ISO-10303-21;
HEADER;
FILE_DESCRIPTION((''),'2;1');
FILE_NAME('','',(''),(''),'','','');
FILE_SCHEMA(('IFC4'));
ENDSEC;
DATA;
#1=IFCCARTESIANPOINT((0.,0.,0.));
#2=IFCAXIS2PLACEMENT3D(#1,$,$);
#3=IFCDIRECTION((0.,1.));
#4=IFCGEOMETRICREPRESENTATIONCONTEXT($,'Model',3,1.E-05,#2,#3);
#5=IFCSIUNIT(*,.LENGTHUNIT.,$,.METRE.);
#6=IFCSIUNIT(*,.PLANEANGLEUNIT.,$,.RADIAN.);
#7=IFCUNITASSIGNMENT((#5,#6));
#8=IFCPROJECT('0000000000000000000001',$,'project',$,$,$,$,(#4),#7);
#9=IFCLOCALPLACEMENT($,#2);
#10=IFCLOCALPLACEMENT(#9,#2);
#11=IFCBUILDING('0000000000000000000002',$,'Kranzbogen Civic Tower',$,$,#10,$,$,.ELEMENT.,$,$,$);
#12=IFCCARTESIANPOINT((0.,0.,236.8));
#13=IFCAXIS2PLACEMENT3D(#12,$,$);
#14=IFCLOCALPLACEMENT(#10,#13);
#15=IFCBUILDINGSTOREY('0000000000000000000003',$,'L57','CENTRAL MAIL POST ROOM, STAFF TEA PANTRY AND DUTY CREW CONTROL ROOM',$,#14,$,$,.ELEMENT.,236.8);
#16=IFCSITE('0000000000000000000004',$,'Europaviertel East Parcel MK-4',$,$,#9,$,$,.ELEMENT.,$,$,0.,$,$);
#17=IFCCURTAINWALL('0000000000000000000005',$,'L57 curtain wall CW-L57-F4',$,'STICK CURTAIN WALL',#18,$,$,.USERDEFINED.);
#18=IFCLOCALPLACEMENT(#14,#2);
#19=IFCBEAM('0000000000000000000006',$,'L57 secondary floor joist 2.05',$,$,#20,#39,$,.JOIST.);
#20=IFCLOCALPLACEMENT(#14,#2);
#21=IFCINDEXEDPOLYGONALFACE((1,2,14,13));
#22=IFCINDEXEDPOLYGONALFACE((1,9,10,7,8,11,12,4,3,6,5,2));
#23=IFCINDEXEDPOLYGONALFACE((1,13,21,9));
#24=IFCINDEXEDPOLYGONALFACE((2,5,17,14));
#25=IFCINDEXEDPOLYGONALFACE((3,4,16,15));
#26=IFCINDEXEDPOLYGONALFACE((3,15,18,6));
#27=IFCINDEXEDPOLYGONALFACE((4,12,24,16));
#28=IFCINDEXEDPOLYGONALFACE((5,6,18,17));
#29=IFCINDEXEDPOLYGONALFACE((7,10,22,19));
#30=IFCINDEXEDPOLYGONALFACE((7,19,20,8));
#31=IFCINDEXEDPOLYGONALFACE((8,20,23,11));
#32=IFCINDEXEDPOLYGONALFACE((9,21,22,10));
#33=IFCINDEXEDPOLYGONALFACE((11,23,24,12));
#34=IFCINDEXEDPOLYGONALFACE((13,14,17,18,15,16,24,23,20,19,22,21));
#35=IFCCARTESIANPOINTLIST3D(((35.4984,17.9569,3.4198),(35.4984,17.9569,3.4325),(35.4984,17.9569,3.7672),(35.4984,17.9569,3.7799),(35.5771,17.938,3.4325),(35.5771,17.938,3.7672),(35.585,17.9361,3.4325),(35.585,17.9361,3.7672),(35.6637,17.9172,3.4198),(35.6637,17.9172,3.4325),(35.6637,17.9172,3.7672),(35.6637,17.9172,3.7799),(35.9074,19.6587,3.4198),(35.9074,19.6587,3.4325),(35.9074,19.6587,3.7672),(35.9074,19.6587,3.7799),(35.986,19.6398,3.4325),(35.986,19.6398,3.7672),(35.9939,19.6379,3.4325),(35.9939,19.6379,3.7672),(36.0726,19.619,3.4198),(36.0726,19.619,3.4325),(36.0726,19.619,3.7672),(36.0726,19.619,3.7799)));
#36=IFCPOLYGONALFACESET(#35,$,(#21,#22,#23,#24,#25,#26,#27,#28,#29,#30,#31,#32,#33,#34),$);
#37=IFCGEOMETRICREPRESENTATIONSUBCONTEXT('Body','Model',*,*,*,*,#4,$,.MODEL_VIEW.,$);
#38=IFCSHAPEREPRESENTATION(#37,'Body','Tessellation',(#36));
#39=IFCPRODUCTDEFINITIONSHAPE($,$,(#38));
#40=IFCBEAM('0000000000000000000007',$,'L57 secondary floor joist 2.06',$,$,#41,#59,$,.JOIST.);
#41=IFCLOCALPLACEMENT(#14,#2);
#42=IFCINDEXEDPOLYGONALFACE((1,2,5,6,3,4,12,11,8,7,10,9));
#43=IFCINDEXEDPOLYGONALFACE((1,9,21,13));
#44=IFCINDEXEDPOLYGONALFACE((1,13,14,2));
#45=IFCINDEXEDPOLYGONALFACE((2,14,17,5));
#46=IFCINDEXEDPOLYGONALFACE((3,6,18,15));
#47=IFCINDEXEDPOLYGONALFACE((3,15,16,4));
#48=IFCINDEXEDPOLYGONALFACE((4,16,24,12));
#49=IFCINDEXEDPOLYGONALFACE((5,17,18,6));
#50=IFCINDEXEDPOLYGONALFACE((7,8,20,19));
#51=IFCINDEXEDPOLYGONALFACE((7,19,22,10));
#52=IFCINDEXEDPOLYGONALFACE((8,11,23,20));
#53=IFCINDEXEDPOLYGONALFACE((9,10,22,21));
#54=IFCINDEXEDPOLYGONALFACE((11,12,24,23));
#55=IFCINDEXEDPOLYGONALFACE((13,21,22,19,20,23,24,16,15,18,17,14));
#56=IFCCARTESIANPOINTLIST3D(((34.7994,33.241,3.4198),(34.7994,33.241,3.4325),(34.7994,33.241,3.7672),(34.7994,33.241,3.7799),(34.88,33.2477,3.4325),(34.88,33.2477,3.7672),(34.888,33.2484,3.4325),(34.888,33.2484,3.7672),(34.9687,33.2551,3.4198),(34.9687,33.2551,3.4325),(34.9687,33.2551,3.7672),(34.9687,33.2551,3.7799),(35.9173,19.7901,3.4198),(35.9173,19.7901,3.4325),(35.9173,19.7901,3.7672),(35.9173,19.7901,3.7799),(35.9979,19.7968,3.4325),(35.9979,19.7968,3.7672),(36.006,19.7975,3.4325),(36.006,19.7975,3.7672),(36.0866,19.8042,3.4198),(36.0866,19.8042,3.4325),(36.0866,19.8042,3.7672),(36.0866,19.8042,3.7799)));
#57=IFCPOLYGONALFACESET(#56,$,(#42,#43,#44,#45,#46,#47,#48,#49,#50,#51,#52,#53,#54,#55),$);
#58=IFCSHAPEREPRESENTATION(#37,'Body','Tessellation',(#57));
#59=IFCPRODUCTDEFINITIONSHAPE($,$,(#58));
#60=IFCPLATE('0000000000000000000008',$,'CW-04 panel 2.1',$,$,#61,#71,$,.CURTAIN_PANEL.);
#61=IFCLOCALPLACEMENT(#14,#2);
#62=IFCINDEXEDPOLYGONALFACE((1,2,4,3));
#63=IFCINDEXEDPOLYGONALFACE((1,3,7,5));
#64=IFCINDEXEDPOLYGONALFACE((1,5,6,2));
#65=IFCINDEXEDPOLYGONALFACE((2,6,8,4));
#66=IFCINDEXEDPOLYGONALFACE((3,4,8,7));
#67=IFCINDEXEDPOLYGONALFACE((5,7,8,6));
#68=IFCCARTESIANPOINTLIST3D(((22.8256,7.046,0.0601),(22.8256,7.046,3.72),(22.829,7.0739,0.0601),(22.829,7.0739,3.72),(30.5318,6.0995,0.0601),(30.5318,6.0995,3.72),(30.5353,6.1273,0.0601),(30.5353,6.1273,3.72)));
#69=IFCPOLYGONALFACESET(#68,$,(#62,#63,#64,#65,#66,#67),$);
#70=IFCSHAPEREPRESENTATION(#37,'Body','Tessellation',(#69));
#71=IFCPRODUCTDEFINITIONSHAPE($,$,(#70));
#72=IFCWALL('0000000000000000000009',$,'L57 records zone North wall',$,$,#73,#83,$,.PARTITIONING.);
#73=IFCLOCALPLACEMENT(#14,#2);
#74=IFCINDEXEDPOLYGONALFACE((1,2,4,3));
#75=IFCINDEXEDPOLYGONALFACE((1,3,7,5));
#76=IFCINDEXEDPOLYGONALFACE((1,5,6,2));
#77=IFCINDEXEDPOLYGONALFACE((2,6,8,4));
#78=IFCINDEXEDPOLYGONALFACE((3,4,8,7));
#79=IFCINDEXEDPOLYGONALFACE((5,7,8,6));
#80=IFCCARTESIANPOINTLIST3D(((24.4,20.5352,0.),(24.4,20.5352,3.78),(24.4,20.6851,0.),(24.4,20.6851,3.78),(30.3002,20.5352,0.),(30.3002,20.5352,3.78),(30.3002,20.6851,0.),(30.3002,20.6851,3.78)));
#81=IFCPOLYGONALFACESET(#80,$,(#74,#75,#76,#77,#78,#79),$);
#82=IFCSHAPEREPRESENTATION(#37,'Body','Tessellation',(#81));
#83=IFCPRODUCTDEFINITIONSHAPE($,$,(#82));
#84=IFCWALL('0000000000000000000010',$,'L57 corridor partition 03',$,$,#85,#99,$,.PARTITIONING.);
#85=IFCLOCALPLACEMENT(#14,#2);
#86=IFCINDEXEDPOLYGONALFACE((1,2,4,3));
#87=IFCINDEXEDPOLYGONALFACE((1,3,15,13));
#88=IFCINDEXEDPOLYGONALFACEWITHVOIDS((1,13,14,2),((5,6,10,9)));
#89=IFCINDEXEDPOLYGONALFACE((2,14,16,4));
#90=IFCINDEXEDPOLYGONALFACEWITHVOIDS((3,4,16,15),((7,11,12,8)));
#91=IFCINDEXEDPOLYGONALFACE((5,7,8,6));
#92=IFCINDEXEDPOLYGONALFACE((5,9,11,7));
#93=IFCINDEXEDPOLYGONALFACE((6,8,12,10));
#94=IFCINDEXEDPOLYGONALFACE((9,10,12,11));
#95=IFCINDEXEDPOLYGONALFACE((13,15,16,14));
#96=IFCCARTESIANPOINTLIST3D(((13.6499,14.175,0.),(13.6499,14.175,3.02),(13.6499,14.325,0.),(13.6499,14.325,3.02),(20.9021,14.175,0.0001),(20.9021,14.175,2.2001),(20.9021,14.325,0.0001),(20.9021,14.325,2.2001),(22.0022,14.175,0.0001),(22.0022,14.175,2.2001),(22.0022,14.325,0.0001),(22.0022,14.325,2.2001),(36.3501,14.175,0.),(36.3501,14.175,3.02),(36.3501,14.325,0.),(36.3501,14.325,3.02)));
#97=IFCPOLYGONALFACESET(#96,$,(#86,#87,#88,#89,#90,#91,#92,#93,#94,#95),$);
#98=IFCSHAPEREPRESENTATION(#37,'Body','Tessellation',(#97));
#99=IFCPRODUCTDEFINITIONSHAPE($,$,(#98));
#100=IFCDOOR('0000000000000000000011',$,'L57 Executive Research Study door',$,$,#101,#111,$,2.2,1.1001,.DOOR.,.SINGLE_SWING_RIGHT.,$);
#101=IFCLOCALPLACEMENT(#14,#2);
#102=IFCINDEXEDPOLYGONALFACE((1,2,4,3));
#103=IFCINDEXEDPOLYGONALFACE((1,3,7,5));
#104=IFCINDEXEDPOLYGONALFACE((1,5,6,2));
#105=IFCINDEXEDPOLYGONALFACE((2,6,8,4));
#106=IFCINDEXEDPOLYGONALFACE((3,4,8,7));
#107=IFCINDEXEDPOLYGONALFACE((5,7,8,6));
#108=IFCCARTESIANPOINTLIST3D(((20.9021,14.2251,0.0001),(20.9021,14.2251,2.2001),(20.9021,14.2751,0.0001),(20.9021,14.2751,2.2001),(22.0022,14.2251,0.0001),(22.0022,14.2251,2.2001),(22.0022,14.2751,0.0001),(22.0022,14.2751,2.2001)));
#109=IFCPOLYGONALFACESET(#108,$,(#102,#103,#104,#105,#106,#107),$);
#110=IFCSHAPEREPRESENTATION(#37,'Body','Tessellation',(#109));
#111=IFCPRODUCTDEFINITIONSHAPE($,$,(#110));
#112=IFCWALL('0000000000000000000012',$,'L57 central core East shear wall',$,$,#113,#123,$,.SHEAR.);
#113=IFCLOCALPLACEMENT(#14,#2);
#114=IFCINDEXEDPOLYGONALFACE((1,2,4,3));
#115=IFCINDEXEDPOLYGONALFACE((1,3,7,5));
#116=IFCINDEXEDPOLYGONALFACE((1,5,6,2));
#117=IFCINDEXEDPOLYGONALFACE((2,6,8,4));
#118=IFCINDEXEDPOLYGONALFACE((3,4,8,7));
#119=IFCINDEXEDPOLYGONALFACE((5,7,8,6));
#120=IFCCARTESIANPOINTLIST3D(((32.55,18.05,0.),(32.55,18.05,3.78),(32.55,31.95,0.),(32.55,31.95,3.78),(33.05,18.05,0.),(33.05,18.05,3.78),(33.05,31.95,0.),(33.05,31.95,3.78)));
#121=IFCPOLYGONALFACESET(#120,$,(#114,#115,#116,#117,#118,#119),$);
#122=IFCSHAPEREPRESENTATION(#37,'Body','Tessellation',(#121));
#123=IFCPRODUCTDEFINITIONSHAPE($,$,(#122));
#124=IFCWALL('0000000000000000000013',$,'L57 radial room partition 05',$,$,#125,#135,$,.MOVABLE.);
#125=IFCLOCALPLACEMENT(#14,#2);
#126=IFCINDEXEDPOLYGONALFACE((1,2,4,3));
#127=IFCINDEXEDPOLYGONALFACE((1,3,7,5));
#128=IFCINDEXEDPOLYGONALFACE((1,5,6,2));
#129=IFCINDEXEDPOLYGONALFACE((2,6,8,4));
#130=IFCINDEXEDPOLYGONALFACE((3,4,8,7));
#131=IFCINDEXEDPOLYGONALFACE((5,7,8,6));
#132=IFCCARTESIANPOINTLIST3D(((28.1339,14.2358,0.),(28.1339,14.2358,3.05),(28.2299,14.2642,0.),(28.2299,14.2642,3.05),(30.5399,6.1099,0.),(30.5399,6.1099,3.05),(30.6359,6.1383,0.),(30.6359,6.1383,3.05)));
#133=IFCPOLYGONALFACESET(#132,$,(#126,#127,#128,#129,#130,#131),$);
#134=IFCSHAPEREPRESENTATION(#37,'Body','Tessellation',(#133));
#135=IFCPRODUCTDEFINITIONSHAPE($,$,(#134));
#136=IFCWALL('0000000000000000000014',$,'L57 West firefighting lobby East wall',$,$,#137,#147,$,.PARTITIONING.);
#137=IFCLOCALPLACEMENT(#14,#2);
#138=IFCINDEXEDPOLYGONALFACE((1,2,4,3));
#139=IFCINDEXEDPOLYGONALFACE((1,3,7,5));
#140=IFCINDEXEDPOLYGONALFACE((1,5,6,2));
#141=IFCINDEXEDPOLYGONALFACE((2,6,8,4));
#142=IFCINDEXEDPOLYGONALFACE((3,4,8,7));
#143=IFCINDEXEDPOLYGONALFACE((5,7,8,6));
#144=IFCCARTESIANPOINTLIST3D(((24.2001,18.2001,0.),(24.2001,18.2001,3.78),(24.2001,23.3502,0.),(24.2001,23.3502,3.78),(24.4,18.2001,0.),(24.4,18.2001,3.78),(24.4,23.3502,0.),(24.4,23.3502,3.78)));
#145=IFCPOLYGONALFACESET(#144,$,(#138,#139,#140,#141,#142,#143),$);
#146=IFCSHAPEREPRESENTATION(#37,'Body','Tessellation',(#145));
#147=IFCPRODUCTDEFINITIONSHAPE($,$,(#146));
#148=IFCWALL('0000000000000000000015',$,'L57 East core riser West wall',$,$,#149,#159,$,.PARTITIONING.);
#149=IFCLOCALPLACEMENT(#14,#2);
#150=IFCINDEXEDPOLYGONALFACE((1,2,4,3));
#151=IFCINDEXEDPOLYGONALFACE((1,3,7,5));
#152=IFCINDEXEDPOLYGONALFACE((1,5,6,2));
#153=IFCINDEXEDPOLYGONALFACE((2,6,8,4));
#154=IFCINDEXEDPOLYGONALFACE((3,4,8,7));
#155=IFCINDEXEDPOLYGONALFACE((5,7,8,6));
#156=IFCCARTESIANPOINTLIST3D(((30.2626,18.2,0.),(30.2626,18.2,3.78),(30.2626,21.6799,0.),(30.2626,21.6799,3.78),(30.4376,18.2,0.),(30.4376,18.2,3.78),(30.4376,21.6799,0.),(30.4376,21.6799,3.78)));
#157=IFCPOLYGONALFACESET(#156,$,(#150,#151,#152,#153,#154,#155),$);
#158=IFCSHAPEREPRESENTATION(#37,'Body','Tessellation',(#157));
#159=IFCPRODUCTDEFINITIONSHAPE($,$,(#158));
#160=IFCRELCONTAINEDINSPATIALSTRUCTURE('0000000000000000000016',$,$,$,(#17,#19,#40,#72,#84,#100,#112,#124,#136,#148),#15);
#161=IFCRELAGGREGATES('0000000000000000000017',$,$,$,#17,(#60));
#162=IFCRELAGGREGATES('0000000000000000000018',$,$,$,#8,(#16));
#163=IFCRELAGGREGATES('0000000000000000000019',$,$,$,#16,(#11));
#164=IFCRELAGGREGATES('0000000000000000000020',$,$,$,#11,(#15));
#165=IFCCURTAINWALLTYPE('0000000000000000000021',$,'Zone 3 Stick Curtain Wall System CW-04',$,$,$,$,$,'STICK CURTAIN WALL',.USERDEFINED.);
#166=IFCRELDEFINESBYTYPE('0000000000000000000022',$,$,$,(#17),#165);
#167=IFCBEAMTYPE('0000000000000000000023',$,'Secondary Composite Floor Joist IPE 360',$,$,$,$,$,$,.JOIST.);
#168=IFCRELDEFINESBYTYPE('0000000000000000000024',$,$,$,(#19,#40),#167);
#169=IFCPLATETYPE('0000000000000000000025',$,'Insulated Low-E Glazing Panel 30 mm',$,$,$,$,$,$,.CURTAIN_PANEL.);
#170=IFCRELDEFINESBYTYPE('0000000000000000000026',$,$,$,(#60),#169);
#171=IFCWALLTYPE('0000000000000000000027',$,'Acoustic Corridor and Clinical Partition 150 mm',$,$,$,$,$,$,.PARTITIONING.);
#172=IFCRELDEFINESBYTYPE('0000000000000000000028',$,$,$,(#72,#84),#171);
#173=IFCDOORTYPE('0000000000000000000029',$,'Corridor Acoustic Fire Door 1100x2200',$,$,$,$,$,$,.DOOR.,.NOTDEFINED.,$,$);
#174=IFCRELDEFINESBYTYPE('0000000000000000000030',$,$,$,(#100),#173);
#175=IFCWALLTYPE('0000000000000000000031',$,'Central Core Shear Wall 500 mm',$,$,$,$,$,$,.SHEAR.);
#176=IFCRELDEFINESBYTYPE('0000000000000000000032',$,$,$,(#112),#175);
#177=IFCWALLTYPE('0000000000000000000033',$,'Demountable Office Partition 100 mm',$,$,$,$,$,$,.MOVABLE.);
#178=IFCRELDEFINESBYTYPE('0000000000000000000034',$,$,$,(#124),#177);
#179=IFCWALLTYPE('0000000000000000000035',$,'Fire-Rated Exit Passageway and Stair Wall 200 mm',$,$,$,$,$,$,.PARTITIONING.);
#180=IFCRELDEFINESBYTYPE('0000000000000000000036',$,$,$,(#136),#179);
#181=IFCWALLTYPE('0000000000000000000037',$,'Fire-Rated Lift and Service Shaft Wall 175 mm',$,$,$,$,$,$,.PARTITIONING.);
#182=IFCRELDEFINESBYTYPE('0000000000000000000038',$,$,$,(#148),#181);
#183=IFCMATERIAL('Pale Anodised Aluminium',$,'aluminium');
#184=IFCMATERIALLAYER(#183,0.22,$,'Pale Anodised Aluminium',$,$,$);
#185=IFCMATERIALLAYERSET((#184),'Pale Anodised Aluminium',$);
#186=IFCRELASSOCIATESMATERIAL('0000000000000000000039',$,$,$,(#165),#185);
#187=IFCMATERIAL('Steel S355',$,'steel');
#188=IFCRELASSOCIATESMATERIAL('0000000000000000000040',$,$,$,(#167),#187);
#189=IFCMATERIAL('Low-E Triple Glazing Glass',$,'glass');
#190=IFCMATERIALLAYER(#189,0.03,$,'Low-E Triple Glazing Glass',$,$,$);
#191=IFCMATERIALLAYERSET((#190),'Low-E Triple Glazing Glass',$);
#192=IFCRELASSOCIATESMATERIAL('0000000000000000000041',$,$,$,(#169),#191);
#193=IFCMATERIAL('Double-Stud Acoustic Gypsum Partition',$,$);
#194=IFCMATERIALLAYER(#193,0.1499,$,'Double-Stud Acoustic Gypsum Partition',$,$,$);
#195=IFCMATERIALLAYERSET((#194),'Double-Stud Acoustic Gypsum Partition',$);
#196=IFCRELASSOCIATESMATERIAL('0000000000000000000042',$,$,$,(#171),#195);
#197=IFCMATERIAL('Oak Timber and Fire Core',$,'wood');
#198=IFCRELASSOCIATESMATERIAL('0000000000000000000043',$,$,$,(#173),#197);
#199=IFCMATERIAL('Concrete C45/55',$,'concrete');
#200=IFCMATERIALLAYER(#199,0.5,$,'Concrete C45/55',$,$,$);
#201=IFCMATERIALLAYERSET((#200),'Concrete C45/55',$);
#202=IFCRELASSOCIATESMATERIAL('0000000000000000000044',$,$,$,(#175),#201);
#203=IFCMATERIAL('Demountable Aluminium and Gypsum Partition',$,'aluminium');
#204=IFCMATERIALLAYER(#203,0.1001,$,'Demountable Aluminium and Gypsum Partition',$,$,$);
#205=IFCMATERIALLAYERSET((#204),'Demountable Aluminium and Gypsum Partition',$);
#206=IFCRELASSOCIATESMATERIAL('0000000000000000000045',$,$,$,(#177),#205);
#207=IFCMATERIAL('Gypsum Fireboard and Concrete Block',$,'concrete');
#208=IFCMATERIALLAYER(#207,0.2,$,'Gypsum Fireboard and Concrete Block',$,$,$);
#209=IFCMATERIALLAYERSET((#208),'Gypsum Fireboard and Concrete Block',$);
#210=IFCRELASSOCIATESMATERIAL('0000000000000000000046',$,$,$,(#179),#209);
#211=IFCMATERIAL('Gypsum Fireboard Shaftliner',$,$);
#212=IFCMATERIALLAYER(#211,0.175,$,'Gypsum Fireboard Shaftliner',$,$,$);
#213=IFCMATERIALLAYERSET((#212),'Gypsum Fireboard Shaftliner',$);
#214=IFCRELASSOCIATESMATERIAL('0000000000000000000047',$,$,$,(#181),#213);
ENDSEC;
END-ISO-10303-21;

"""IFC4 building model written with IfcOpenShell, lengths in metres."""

from ifc_helpers import new_model, si_unit, direction, frame, frame_2d, origin, origin_2d, place, context, subcontext, project, spatial, rectangle, i_section, extrude, material, layer, layer_set, material_profile, profile_set, type_object, element, fill, aggregate, save


model = new_model("IFC4")

# Units and contexts
model_context = context("Model", 3, precision=1e-05, world=origin(), true_north=direction((0.0, 1.0)))
body_context = subcontext(model_context, "Body", "Model", "MODEL_VIEW")
ifc_project = project(units=[si_unit("LENGTHUNIT", "METRE"), si_unit("PLANEANGLEUNIT", "RADIAN")], contexts=[model_context])

# Site, building, storey
site_placement = place(None, origin())
site = spatial("IfcSite", under=ifc_project, at=site_placement, Name="Europaviertel East Parcel MK-4", CompositionType="ELEMENT", RefElevation=0.0)
building_placement = place(site_placement, origin())
building = spatial("IfcBuilding", under=site, at=building_placement, Name="Kranzbogen Civic Tower", CompositionType="ELEMENT")
storey_placement = place(building_placement, frame((0.0, 0.0, 236.8)))
storey = spatial("IfcBuildingStorey", under=building, at=storey_placement, Name="L57", Description="CENTRAL MAIL POST ROOM, STAFF TEA PANTRY AND DUTY CREW CONTROL ROOM", CompositionType="ELEMENT", Elevation=236.8)

# Shared definitions
ifc_material_1 = material(Name="Steel S355", Category="steel")

# Curtain wall
ifc_material_2 = material(Name="Pale Anodised Aluminium", Category="aluminium")
ifc_layer_1 = layer(ifc_material_2, 0.22, Name="Pale Anodised Aluminium")
ifc_layer_set_1 = layer_set([ifc_layer_1], Name="Pale Anodised Aluminium")
curtain_wall_type = type_object("IfcCurtainWallType", Name="Zone 3 Stick Curtain Wall System CW-04", ElementType="STICK CURTAIN WALL", PredefinedType="USERDEFINED", material=ifc_layer_set_1)
curtain_wall_1_placement = place(storey_placement, origin())
curtain_wall_1 = element("IfcCurtainWall", 1, at=curtain_wall_1_placement, inside=storey, type_object=curtain_wall_type, Name="L57 curtain wall CW-L57-F4", ObjectType="STICK CURTAIN WALL", PredefinedType="USERDEFINED")

# Beams
ifc_material_profile_1 = material_profile(ifc_material_1, i_section(OverallWidth=0.1699, OverallDepth=0.3601, WebThickness=0.0081, FlangeThickness=0.0127, at=origin_2d()), Name="IPE 360")
ifc_profile_set_1 = profile_set([ifc_material_profile_1], Name="Steel S355")
beam_type_1 = type_object("IfcBeamType", Name="Secondary Composite Floor Joist IPE 360", PredefinedType="JOIST", material=ifc_profile_set_1)
beam_1_placement = place(storey_placement, frame((35.5811, 17.937, 3.5999), z_axis=(0.233631, 0.972325, 0.0), x_axis=(-0.972325, 0.233631, 0.0)))
element("IfcBeam", 2, at=beam_1_placement, inside=storey, type_object=beam_type_1, Name="L57 secondary floor joist 2.05", PredefinedType="JOIST", context=body_context, shape_type="SweptSolid", body=[
    extrude(i_section(OverallWidth=0.1699, OverallDepth=0.3601, WebThickness=0.0081, FlangeThickness=0.0127, at=origin_2d()), origin(), (0.0, 0.0, 1.0), 1.7502),
])
beam_2_placement = place(storey_placement, frame((36.002, 19.7971, 3.5999), z_axis=(-0.082825, 0.996564, 0.0), x_axis=(-0.996564, -0.082825, 0.0)))
element("IfcBeam", 3, at=beam_2_placement, inside=storey, type_object=beam_type_1, Name="L57 secondary floor joist 2.06", PredefinedType="JOIST", context=body_context, shape_type="SweptSolid", body=[
    extrude(i_section(OverallWidth=0.1699, OverallDepth=0.3601, WebThickness=0.0081, FlangeThickness=0.0127, at=origin_2d()), origin(), (0.0, 0.0, 1.0), 13.4973),
])

# Plate
ifc_material_3 = material(Name="Low-E Triple Glazing Glass", Category="glass")
ifc_layer_2 = layer(ifc_material_3, 0.03, Name="Low-E Triple Glazing Glass")
ifc_layer_set_2 = layer_set([ifc_layer_2], Name="Low-E Triple Glazing Glass")
plate_type = type_object("IfcPlateType", Name="Insulated Low-E Glazing Panel 30 mm", PredefinedType="CURTAIN_PANEL", material=ifc_layer_set_2)
plate_placement = place(storey_placement, frame((26.6804, 6.5867, 0.0601), z_axis=(0.0, 0.0, 1.0), x_axis=(0.992541, -0.121911, 0.0)))
plate = element("IfcPlate", 4, at=plate_placement, type_object=plate_type, Name="CW-04 panel 2.1", PredefinedType="CURTAIN_PANEL", context=body_context, shape_type="SweptSolid", body=[
    extrude(rectangle(XDim=7.7642, YDim=0.0281, at=origin_2d()), origin(), (0.0, 0.0, 1.0), 3.6599),
])
aggregate(curtain_wall_1, [plate])

# Wall
ifc_material_4 = material(Name="Double-Stud Acoustic Gypsum Partition")
ifc_layer_3 = layer(ifc_material_4, 0.1499, Name="Double-Stud Acoustic Gypsum Partition")
ifc_layer_set_3 = layer_set([ifc_layer_3], Name="Double-Stud Acoustic Gypsum Partition")
wall_type_1 = type_object("IfcWallType", Name="Acoustic Corridor and Clinical Partition 150 mm", PredefinedType="PARTITIONING", material=ifc_layer_set_3)
wall_1_placement = place(storey_placement, frame((24.3999, 20.6101, 0.0), z_axis=(0.0, 0.0, 1.0), x_axis=(1.0, 0.0, 0.0)))
element("IfcWall", 5, at=wall_1_placement, inside=storey, type_object=wall_type_1, Name="L57 records zone North wall", PredefinedType="PARTITIONING", context=body_context, shape_type="SweptSolid", body=[
    extrude(rectangle(XDim=5.9001, YDim=0.1499, at=frame_2d((2.9502, 0.0))), origin(), (0.0, 0.0, 1.0), 3.78),
])

# Wall, opening, door
wall_2_placement = place(storey_placement, frame((36.3501, 14.25, 0.0), z_axis=(0.0, 0.0, 1.0), x_axis=(-1.0, 0.0, 0.0)))
wall_2 = element("IfcWall", 6, at=wall_2_placement, inside=storey, type_object=wall_type_1, Name="L57 corridor partition 03", PredefinedType="PARTITIONING", context=body_context, shape_type="SweptSolid", body=[
    extrude(rectangle(XDim=22.7002, YDim=0.1499, at=frame_2d((11.3501, 0.0))), origin(), (0.0, 0.0, 1.0), 3.02),
])
opening_1_placement = place(wall_2_placement, frame((14.3479, 0.0, 0.0)))
opening_1 = element("IfcOpeningElement", 7, at=opening_1_placement, cuts=wall_2, PredefinedType="OPENING", context=body_context, shape_type="SweptSolid", body=[
    extrude(rectangle(XDim=1.1001, YDim=2.2, at=frame_2d((0.55, 1.1001))), frame((0.0, 0.085, 0.0), z_axis=(0.0, -1.0, 0.0), x_axis=(1.0, 0.0, 0.0)), (0.0, 0.0, 1.0), 0.1699),
])
ifc_material_5 = material(Name="Oak Timber and Fire Core", Category="wood")
door_type_1 = type_object("IfcDoorType", Name="Corridor Acoustic Fire Door 1100x2200", OperationType="NOTDEFINED", PredefinedType="DOOR", material=ifc_material_5)
door_1_placement = place(opening_1_placement, origin())
door_1 = element("IfcDoor", 8, at=door_1_placement, inside=storey, type_object=door_type_1, Name="L57 Executive Research Study door", OperationType="SINGLE_SWING_RIGHT", OverallHeight=2.2, OverallWidth=1.1001, PredefinedType="DOOR", context=body_context, shape_type="SweptSolid", body=[
    extrude(rectangle(XDim=1.1001, YDim=2.2, at=frame_2d((0.55, 1.1001))), frame((0.0, 0.0249, 0.0), z_axis=(0.0, -1.0, 0.0), x_axis=(1.0, 0.0, 0.0)), (0.0, 0.0, 1.0), 0.05),
])
fill(opening_1, door_1)

# Walls
ifc_material_6 = material(Name="Concrete C45/55", Category="concrete")
ifc_layer_4 = layer(ifc_material_6, 0.5, Name="Concrete C45/55")
ifc_layer_set_4 = layer_set([ifc_layer_4], Name="Concrete C45/55")
wall_type_2 = type_object("IfcWallType", Name="Central Core Shear Wall 500 mm", PredefinedType="SHEAR", material=ifc_layer_set_4)
wall_3_placement = place(storey_placement, frame((32.8, 18.05, 0.0), z_axis=(0.0, 0.0, 1.0), x_axis=(0.0, 1.0, 0.0)))
element("IfcWall", 9, at=wall_3_placement, inside=storey, type_object=wall_type_2, Name="L57 central core East shear wall", PredefinedType="SHEAR", context=body_context, shape_type="SweptSolid", body=[
    extrude(rectangle(XDim=13.8999, YDim=0.5, at=frame_2d((6.95, 0.0))), origin(), (0.0, 0.0, 1.0), 3.78),
])
ifc_material_7 = material(Name="Demountable Aluminium and Gypsum Partition", Category="aluminium")
ifc_layer_5 = layer(ifc_material_7, 0.1001, Name="Demountable Aluminium and Gypsum Partition")
ifc_layer_set_5 = layer_set([ifc_layer_5], Name="Demountable Aluminium and Gypsum Partition")
wall_type_3 = type_object("IfcWallType", Name="Demountable Office Partition 100 mm", PredefinedType="MOVABLE", material=ifc_layer_set_5)
wall_4_placement = place(storey_placement, frame((28.1819, 14.25, 0.0), z_axis=(0.0, 0.0, 1.0), x_axis=(0.283905, -0.958852, 0.0)))
element("IfcWall", 10, at=wall_4_placement, inside=storey, type_object=wall_type_3, Name="L57 radial room partition 05", PredefinedType="MOVABLE", context=body_context, shape_type="SweptSolid", body=[
    extrude(rectangle(XDim=8.4746, YDim=0.1001, at=frame_2d((4.2373, 0.0))), origin(), (0.0, 0.0, 1.0), 3.05),
])
ifc_material_8 = material(Name="Gypsum Fireboard and Concrete Block", Category="concrete")
ifc_layer_6 = layer(ifc_material_8, 0.2, Name="Gypsum Fireboard and Concrete Block")
ifc_layer_set_6 = layer_set([ifc_layer_6], Name="Gypsum Fireboard and Concrete Block")
wall_type_4 = type_object("IfcWallType", Name="Fire-Rated Exit Passageway and Stair Wall 200 mm", PredefinedType="PARTITIONING", material=ifc_layer_set_6)
wall_5_placement = place(storey_placement, frame((24.3, 18.2, 0.0), z_axis=(0.0, 0.0, 1.0), x_axis=(0.0, 1.0, 0.0)))
element("IfcWall", 11, at=wall_5_placement, inside=storey, type_object=wall_type_4, Name="L57 West firefighting lobby East wall", PredefinedType="PARTITIONING", context=body_context, shape_type="SweptSolid", body=[
    extrude(rectangle(XDim=5.1501, YDim=0.2, at=frame_2d((2.5752, 0.0))), origin(), (0.0, 0.0, 1.0), 3.78),
])
ifc_material_9 = material(Name="Gypsum Fireboard Shaftliner")
ifc_layer_7 = layer(ifc_material_9, 0.175, Name="Gypsum Fireboard Shaftliner")
ifc_layer_set_7 = layer_set([ifc_layer_7], Name="Gypsum Fireboard Shaftliner")
wall_type_5 = type_object("IfcWallType", Name="Fire-Rated Lift and Service Shaft Wall 175 mm", PredefinedType="PARTITIONING", material=ifc_layer_set_7)
wall_6_placement = place(storey_placement, frame((30.3501, 18.2, 0.0), z_axis=(0.0, 0.0, 1.0), x_axis=(0.0, 1.0, 0.0)))
element("IfcWall", 12, at=wall_6_placement, inside=storey, type_object=wall_type_5, Name="L57 East core riser West wall", PredefinedType="PARTITIONING", context=body_context, shape_type="SweptSolid", body=[
    extrude(rectangle(XDim=3.48, YDim=0.175, at=frame_2d((1.74, 0.0))), origin(), (0.0, 0.0, 1.0), 3.78),
])

save(model, "model.ifc")
